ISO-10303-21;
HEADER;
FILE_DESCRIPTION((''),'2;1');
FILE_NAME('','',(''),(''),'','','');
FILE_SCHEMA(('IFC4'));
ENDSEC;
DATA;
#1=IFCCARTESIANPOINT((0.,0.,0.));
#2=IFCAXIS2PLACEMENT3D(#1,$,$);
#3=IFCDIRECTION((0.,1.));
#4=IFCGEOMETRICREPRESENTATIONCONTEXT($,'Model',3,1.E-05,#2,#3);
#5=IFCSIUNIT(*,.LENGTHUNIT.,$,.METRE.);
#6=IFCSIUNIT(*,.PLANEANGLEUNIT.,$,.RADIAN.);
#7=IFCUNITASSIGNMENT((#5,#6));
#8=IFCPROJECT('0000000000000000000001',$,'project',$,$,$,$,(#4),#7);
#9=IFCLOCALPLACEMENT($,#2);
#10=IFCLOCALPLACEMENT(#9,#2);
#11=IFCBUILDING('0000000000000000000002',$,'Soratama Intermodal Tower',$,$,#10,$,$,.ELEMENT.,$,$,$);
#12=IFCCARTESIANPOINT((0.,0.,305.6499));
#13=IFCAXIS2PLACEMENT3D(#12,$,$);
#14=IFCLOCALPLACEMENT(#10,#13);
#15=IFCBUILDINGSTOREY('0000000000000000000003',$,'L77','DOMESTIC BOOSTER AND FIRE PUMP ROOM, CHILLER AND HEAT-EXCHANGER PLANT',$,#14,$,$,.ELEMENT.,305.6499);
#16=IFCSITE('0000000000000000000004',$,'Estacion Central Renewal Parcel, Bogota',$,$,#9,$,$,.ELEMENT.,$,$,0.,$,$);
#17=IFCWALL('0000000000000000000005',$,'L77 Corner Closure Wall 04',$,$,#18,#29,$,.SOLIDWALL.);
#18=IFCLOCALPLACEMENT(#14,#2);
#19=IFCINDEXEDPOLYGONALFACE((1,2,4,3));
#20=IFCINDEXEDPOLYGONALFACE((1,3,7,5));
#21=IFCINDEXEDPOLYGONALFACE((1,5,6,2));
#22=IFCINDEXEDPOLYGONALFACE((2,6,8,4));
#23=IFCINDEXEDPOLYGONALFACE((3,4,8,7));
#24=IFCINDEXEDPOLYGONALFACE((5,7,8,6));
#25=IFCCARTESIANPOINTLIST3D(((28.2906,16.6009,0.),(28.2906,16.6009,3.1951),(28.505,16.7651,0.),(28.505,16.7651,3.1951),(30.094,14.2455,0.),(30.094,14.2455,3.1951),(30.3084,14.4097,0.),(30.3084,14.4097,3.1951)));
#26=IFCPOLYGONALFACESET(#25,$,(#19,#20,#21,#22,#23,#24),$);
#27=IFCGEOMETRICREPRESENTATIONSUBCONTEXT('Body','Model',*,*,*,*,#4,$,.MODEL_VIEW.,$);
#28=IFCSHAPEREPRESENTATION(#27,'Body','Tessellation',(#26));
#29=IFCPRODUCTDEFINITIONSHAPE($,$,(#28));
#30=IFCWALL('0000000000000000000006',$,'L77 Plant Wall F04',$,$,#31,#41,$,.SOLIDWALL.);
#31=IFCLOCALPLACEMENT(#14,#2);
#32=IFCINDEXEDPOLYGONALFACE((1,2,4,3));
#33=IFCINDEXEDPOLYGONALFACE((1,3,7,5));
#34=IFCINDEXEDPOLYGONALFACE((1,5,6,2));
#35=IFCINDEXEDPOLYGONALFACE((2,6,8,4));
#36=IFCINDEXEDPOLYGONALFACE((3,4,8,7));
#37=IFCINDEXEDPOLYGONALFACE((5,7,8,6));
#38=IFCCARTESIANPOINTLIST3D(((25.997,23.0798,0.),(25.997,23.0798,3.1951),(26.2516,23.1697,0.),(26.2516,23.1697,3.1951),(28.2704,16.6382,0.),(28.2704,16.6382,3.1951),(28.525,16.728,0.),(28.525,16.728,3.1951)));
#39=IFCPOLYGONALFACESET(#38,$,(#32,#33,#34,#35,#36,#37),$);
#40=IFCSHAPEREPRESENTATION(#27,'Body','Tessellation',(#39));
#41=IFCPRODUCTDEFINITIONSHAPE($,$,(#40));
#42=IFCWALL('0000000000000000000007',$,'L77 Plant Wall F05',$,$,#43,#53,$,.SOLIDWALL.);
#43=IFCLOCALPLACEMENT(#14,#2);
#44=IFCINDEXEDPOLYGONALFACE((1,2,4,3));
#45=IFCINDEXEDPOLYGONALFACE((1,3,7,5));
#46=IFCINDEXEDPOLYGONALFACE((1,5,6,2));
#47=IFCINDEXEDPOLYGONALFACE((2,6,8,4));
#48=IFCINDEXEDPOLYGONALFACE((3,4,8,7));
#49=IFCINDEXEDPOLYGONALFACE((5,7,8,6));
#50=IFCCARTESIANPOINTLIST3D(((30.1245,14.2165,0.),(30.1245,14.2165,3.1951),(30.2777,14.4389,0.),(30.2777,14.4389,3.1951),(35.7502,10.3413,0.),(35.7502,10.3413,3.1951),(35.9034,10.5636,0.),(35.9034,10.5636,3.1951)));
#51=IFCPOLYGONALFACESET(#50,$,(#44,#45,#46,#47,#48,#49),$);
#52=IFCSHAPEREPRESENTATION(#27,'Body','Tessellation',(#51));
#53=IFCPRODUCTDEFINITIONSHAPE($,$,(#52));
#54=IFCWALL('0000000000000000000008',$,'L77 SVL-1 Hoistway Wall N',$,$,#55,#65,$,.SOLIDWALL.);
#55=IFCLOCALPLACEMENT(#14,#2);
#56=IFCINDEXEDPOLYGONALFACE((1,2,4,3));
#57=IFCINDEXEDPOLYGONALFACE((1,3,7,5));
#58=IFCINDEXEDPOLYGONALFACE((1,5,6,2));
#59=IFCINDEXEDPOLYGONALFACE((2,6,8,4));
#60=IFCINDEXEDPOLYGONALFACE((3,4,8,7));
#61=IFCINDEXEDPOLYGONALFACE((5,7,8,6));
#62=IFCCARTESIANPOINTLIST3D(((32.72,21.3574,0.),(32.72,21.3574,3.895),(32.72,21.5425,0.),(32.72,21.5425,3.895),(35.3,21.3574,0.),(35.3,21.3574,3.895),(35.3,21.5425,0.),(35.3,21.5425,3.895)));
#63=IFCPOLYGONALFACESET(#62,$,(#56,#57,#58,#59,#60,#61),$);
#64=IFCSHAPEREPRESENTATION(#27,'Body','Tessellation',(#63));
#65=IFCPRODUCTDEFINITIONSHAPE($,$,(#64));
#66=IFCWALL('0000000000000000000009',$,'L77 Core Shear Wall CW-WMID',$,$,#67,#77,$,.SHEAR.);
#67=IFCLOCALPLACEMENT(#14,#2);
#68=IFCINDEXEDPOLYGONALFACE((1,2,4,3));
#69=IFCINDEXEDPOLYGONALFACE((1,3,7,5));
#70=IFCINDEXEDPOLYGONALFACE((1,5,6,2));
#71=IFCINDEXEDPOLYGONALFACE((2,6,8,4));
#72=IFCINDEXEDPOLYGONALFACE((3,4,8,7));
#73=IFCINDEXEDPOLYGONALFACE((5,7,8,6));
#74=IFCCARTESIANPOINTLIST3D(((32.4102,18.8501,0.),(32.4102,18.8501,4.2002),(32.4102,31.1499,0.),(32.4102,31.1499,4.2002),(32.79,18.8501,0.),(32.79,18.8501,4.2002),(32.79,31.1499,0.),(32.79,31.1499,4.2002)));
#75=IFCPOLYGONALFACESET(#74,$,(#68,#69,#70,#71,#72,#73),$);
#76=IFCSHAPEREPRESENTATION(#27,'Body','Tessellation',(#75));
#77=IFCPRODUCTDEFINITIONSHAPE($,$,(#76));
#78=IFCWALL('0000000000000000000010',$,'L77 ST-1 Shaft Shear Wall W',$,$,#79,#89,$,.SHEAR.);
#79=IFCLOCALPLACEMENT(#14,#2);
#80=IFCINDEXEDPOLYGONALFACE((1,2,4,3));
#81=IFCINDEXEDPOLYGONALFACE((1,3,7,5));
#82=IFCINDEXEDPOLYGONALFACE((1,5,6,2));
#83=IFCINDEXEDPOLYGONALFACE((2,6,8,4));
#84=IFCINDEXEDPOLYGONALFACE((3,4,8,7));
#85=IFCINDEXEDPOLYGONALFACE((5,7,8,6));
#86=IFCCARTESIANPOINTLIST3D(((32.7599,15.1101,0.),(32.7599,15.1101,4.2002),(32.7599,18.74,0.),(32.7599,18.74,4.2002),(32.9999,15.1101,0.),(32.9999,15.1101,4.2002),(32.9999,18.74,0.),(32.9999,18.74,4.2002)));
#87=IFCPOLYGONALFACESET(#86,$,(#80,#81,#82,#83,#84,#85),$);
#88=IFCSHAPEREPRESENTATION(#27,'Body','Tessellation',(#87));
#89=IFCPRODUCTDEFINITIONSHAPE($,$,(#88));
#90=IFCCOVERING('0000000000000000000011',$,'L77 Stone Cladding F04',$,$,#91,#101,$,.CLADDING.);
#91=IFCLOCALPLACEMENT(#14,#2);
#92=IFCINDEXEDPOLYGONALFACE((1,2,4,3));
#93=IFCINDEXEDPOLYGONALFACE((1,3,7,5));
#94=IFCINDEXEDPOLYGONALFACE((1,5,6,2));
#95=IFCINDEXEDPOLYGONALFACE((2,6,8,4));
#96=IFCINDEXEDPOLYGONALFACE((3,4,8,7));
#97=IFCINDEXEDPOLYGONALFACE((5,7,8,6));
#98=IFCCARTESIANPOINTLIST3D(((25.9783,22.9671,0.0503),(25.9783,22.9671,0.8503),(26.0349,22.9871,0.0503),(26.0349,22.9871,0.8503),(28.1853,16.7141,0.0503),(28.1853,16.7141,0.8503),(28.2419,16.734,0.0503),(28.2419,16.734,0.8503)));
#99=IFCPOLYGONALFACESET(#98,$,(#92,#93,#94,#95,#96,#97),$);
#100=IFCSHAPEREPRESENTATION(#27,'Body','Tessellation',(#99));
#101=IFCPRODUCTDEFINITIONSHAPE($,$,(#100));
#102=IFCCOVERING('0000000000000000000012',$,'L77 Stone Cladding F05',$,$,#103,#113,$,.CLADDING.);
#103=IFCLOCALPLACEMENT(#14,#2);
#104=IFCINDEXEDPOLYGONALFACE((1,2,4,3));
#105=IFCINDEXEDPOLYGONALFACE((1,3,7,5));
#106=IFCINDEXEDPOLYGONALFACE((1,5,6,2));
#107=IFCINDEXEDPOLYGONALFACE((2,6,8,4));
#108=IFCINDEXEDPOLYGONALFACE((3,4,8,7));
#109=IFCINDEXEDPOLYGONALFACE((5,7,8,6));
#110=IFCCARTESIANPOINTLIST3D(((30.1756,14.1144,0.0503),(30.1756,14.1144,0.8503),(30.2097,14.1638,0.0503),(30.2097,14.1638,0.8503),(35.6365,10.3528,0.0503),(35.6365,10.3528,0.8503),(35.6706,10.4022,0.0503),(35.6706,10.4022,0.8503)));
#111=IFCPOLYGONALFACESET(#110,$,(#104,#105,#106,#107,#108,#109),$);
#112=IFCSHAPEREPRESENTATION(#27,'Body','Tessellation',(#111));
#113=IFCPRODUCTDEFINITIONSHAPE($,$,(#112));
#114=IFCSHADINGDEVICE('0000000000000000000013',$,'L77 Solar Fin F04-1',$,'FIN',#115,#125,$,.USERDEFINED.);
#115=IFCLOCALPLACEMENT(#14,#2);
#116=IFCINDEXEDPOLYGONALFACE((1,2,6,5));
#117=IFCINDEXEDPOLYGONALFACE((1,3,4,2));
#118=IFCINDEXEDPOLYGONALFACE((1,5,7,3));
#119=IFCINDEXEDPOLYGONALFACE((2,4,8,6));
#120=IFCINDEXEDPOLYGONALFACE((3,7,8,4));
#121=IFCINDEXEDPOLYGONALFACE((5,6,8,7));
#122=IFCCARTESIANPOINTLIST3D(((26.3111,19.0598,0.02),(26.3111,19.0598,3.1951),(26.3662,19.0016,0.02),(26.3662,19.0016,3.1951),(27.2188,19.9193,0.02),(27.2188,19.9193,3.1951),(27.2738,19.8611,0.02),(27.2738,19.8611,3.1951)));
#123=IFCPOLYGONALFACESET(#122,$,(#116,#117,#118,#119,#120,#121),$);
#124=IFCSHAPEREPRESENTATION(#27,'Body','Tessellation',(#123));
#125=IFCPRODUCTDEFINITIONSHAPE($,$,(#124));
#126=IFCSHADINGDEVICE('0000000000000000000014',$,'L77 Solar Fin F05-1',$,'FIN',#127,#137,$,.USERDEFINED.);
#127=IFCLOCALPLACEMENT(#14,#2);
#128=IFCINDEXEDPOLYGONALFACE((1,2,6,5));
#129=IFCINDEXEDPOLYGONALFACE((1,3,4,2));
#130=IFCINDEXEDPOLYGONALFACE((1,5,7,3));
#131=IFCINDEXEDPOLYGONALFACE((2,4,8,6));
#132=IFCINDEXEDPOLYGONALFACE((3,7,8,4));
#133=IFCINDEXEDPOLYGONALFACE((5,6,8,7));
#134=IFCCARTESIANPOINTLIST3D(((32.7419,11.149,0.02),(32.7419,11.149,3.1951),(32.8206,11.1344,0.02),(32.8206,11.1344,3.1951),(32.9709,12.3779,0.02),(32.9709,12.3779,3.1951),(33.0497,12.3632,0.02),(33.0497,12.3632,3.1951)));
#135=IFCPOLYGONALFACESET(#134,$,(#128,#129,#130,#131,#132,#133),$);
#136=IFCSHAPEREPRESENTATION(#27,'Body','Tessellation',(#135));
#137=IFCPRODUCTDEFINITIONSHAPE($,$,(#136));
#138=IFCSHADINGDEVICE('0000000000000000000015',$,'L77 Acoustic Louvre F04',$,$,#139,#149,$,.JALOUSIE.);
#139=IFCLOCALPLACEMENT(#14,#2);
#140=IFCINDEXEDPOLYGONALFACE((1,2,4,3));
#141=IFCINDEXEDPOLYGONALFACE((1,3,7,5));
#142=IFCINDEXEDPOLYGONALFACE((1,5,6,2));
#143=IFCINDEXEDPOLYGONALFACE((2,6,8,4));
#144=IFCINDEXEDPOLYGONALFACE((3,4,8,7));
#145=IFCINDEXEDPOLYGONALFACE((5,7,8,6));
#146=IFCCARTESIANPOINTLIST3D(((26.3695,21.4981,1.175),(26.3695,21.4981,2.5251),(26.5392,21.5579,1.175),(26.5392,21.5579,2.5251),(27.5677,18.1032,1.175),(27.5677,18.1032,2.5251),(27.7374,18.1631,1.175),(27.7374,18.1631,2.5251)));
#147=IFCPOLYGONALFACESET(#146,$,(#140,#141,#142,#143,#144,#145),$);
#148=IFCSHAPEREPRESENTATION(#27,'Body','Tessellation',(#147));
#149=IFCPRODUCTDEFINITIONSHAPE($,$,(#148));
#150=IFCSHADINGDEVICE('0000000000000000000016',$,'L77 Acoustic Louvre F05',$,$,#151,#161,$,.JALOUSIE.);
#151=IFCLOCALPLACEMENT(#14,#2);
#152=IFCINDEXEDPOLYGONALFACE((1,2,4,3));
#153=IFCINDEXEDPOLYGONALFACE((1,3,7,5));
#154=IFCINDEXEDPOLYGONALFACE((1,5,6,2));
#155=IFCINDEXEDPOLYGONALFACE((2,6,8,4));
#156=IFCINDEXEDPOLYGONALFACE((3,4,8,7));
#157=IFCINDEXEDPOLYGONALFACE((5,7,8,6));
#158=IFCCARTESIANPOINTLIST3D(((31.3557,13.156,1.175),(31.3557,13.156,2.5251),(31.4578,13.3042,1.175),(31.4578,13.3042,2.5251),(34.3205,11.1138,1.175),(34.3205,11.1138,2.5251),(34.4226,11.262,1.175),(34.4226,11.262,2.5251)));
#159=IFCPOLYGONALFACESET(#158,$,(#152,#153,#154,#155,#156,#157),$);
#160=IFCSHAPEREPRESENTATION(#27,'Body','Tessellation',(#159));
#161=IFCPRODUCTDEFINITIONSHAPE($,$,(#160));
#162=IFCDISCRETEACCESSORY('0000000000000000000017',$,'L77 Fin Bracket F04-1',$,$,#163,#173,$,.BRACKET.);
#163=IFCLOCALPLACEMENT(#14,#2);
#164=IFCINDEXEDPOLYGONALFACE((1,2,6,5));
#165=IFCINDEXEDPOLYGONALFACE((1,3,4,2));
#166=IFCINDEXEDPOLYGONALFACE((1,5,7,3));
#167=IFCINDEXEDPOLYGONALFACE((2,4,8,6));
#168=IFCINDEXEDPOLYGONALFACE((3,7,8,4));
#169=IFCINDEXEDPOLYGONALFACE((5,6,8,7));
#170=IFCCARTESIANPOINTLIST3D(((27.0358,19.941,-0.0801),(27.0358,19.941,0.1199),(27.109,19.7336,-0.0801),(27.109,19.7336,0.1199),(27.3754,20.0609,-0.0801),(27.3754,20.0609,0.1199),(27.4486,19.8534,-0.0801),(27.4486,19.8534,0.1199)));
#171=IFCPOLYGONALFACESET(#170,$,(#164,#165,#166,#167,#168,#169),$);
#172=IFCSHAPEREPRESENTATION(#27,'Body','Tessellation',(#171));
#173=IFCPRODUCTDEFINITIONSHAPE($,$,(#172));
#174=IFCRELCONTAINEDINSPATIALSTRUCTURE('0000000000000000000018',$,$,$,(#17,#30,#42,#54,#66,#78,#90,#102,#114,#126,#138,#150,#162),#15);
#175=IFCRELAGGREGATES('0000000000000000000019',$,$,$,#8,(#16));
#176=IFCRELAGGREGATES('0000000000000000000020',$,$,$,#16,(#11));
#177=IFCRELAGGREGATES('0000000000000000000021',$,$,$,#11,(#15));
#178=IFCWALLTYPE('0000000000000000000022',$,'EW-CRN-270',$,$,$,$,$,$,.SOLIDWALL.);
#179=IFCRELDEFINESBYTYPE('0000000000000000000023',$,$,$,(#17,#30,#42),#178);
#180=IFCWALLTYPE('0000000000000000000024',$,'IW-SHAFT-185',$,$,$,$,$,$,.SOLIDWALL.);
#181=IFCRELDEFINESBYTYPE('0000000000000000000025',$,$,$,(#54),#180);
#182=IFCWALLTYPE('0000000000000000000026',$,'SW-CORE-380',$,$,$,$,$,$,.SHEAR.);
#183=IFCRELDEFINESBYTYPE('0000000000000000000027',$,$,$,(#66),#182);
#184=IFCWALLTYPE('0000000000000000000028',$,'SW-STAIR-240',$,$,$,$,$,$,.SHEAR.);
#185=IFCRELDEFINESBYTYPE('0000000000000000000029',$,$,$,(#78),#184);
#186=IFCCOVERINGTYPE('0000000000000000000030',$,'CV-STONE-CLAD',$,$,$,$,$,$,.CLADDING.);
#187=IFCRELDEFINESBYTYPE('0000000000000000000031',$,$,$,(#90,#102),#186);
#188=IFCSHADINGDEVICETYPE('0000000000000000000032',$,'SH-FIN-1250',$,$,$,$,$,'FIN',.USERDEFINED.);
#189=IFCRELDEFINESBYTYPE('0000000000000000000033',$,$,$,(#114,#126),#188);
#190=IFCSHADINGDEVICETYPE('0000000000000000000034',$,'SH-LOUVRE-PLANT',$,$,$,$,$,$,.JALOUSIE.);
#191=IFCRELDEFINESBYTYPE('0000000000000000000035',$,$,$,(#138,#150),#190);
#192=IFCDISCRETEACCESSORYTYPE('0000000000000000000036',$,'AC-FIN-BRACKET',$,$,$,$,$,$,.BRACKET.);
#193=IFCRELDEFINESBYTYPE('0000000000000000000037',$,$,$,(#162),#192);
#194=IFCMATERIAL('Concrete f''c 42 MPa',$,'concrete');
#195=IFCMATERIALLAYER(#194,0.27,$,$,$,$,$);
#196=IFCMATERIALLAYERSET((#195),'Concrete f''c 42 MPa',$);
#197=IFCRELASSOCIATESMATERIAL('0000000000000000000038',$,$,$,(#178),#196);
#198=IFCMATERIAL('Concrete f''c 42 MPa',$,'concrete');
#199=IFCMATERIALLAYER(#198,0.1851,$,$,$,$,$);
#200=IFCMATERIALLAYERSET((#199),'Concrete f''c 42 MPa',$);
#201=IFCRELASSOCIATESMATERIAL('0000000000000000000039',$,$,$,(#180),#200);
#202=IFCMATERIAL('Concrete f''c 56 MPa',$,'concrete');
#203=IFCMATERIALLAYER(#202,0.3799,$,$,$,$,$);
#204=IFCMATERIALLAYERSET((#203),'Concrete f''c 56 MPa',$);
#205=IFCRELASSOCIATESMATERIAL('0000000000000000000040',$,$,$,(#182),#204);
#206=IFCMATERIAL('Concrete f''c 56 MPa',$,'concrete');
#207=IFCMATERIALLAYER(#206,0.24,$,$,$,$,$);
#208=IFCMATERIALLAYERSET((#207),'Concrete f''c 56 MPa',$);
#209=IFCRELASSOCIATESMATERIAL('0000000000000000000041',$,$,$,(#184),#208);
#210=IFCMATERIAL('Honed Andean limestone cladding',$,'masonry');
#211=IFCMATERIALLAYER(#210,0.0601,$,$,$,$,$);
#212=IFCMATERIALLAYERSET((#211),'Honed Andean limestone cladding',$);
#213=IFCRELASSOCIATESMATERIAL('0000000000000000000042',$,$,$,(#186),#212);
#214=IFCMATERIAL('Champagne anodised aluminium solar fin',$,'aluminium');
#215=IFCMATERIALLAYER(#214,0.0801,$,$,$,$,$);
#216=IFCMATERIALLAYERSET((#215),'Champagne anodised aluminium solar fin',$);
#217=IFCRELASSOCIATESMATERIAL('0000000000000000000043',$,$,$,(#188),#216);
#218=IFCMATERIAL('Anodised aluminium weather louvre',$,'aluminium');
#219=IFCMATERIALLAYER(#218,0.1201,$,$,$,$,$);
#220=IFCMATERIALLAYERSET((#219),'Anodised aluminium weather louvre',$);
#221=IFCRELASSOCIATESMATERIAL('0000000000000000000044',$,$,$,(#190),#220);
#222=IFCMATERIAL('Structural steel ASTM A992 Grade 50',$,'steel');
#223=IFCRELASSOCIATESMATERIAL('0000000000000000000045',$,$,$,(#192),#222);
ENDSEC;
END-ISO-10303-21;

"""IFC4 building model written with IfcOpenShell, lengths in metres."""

from ifc_helpers import new_model, si_unit, direction, frame, frame_2d, origin, origin_2d, place, context, subcontext, project, spatial, rectangle, extrude, material, layer, layer_set, type_object, element, save


model = new_model("IFC4")

# Units and contexts
model_context = context("Model", 3, precision=1e-05, world=origin(), true_north=direction((0.0, 1.0)))
body_context = subcontext(model_context, "Body", "Model", "MODEL_VIEW")
ifc_project = project(units=[si_unit("LENGTHUNIT", "METRE"), si_unit("PLANEANGLEUNIT", "RADIAN")], contexts=[model_context])

# Site, building, storey
site_placement = place(None, origin())
site = spatial("IfcSite", under=ifc_project, at=site_placement, Name="Estacion Central Renewal Parcel, Bogota", CompositionType="ELEMENT", RefElevation=0.0)
building_placement = place(site_placement, origin())
building = spatial("IfcBuilding", under=site, at=building_placement, Name="Soratama Intermodal Tower", CompositionType="ELEMENT")
storey_placement = place(building_placement, frame((0.0, 0.0, 305.6499)))
storey = spatial("IfcBuildingStorey", under=building, at=storey_placement, Name="L77", Description="DOMESTIC BOOSTER AND FIRE PUMP ROOM, CHILLER AND HEAT-EXCHANGER PLANT", CompositionType="ELEMENT", Elevation=305.6499)

# Walls
ifc_material_1 = material(Name="Concrete f'c 42 MPa", Category="concrete")
ifc_layer_1 = layer(ifc_material_1, 0.27)
ifc_layer_set_1 = layer_set([ifc_layer_1], Name="Concrete f'c 42 MPa")
wall_type_1 = type_object("IfcWallType", Name="EW-CRN-270", PredefinedType="SOLIDWALL", material=ifc_layer_set_1)
wall_1_placement = place(storey_placement, frame((28.3977, 16.6831, 0.0), z_axis=(0.0, 0.0, 1.0), x_axis=(0.607923, -0.793996, 0.0)))
element("IfcWall", 1, at=wall_1_placement, inside=storey, type_object=wall_type_1, Name="L77 Corner Closure Wall 04", PredefinedType="SOLIDWALL", context=body_context, shape_type="SweptSolid", body=[
    extrude(rectangle(XDim=2.9666, YDim=0.27, at=frame_2d((1.4834, 0.0))), origin(), (0.0, 0.0, 1.0), 3.1951),
])
wall_2_placement = place(storey_placement, frame((26.1243, 23.1248, 0.0), z_axis=(0.0, 0.0, 1.0), x_axis=(0.332809, -0.942994, 0.0)))
element("IfcWall", 2, at=wall_2_placement, inside=storey, type_object=wall_type_1, Name="L77 Plant Wall F04", PredefinedType="SOLIDWALL", context=body_context, shape_type="SweptSolid", body=[
    extrude(rectangle(XDim=6.8311, YDim=0.27, at=frame_2d((3.4155, 0.0))), origin(), (0.0, 0.0, 1.0), 3.1951),
])
wall_3_placement = place(storey_placement, frame((30.2012, 14.3276, 0.0), z_axis=(0.0, 0.0, 1.0), x_axis=(0.823525, -0.567279, 0.0)))
element("IfcWall", 3, at=wall_3_placement, inside=storey, type_object=wall_type_1, Name="L77 Plant Wall F05", PredefinedType="SOLIDWALL", context=body_context, shape_type="SweptSolid", body=[
    extrude(rectangle(XDim=6.8313, YDim=0.27, at=frame_2d((3.4155, 0.0))), origin(), (0.0, 0.0, 1.0), 3.1951),
])
ifc_material_2 = material(Name="Concrete f'c 42 MPa", Category="concrete")
ifc_layer_2 = layer(ifc_material_2, 0.1851)
ifc_layer_set_2 = layer_set([ifc_layer_2], Name="Concrete f'c 42 MPa")
wall_type_2 = type_object("IfcWallType", Name="IW-SHAFT-185", PredefinedType="SOLIDWALL", material=ifc_layer_set_2)
wall_4_placement = place(storey_placement, frame((32.72, 21.45, 0.0), z_axis=(0.0, 0.0, 1.0), x_axis=(1.0, 0.0, 0.0)))
element("IfcWall", 4, at=wall_4_placement, inside=storey, type_object=wall_type_2, Name="L77 SVL-1 Hoistway Wall N", PredefinedType="SOLIDWALL", context=body_context, shape_type="SweptSolid", body=[
    extrude(rectangle(XDim=2.5801, YDim=0.1851, at=frame_2d((1.29, 0.0))), origin(), (0.0, 0.0, 1.0), 3.895),
])
ifc_material_3 = material(Name="Concrete f'c 56 MPa", Category="concrete")
ifc_layer_3 = layer(ifc_material_3, 0.3799)
ifc_layer_set_3 = layer_set([ifc_layer_3], Name="Concrete f'c 56 MPa")
wall_type_3 = type_object("IfcWallType", Name="SW-CORE-380", PredefinedType="SHEAR", material=ifc_layer_set_3)
wall_5_placement = place(storey_placement, frame((32.6001, 18.8501, 0.0), z_axis=(0.0, 0.0, 1.0), x_axis=(0.0, 1.0, 0.0)))
element("IfcWall", 5, at=wall_5_placement, inside=storey, type_object=wall_type_3, Name="L77 Core Shear Wall CW-WMID", PredefinedType="SHEAR", context=body_context, shape_type="SweptSolid", body=[
    extrude(rectangle(XDim=12.2998, YDim=0.3799, at=frame_2d((6.1499, 0.0))), origin(), (0.0, 0.0, 1.0), 4.2002),
])
ifc_material_4 = material(Name="Concrete f'c 56 MPa", Category="concrete")
ifc_layer_4 = layer(ifc_material_4, 0.24)
ifc_layer_set_4 = layer_set([ifc_layer_4], Name="Concrete f'c 56 MPa")
wall_type_4 = type_object("IfcWallType", Name="SW-STAIR-240", PredefinedType="SHEAR", material=ifc_layer_set_4)
wall_6_placement = place(storey_placement, frame((32.8799, 15.1101, 0.0), z_axis=(0.0, 0.0, 1.0), x_axis=(0.0, 1.0, 0.0)))
element("IfcWall", 6, at=wall_6_placement, inside=storey, type_object=wall_type_4, Name="L77 ST-1 Shaft Shear Wall W", PredefinedType="SHEAR", context=body_context, shape_type="SweptSolid", body=[
    extrude(rectangle(XDim=3.6299, YDim=0.24, at=frame_2d((1.8149, 0.0))), origin(), (0.0, 0.0, 1.0), 4.2002),
])

# Coverings
ifc_material_5 = material(Name="Honed Andean limestone cladding", Category="masonry")
ifc_layer_5 = layer(ifc_material_5, 0.0601)
ifc_layer_set_5 = layer_set([ifc_layer_5], Name="Honed Andean limestone cladding")
covering_type = type_object("IfcCoveringType", Name="CV-STONE-CLAD", PredefinedType="CLADDING", material=ifc_layer_set_5)
for number, where, z_axis, x_axis, name in (
    (7, (27.1101, 19.8506, 0.0503), (0.0, 0.0, 1.0), (0.33282, -0.942991, 0.0), "L77 Stone Cladding F04"),
    (8, (32.9231, 12.2583, 0.0503), (0.0, 0.0, 1.0), (0.823533, -0.567269, 0.0), "L77 Stone Cladding F05"),
):
    element("IfcCovering", number, at=place(storey_placement, frame(where, z_axis=z_axis, x_axis=x_axis)), inside=storey, type_object=covering_type, Name=name, PredefinedType="CLADDING", context=body_context, shape_type="SweptSolid", body=[
        extrude(rectangle(XDim=6.6311, YDim=0.0601, at=origin_2d()), origin(), (0.0, 0.0, 1.0), 0.8),
    ])

# Shading devices
ifc_material_6 = material(Name="Champagne anodised aluminium solar fin", Category="aluminium")
ifc_layer_6 = layer(ifc_material_6, 0.0801)
ifc_layer_set_6 = layer_set([ifc_layer_6], Name="Champagne anodised aluminium solar fin")
shading_device_type_1 = type_object("IfcShadingDeviceType", Name="SH-FIN-1250", ElementType="FIN", PredefinedType="USERDEFINED", material=ifc_layer_set_6)
for number, where, z_axis, x_axis, name in (
    (9, (26.7925, 19.4604, 0.02), (0.0, 0.0, 1.0), (-0.726095, -0.687595, 0.0), "L77 Solar Fin F04-1"),
    (10, (32.8958, 11.7561, 0.02), (0.0, 0.0, 1.0), (-0.183265, -0.983064, 0.0), "L77 Solar Fin F05-1"),
):
    element("IfcShadingDevice", number, at=place(storey_placement, frame(where, z_axis=z_axis, x_axis=x_axis)), inside=storey, type_object=shading_device_type_1, Name=name, ObjectType="FIN", PredefinedType="USERDEFINED", context=body_context, shape_type="SweptSolid", body=[
        extrude(rectangle(XDim=1.25, YDim=0.0801, at=origin_2d()), origin(), (0.0, 0.0, 1.0), 3.175),
    ])
ifc_material_7 = material(Name="Anodised aluminium weather louvre", Category="aluminium")
ifc_layer_7 = layer(ifc_material_7, 0.1201)
ifc_layer_set_7 = layer_set([ifc_layer_7], Name="Anodised aluminium weather louvre")
shading_device_type_2 = type_object("IfcShadingDeviceType", Name="SH-LOUVRE-PLANT", PredefinedType="JALOUSIE", material=ifc_layer_set_7)
for number, where, z_axis, x_axis, name in (
    (11, (27.0535, 19.8306, 1.175), (0.0, 0.0, 1.0), (0.33282, -0.942991, 0.0), "L77 Acoustic Louvre F04"),
    (12, (32.8892, 12.209, 1.175), (0.0, 0.0, 1.0), (0.823533, -0.567269, 0.0), "L77 Acoustic Louvre F05"),
):
    element("IfcShadingDevice", number, at=place(storey_placement, frame(where, z_axis=z_axis, x_axis=x_axis)), inside=storey, type_object=shading_device_type_2, Name=name, PredefinedType="JALOUSIE", context=body_context, shape_type="SweptSolid", body=[
        extrude(rectangle(XDim=3.6001, YDim=0.1799, at=origin_2d()), origin(), (0.0, 0.0, 1.0), 1.3501),
    ])

# Discrete accessory
ifc_material_8 = material(Name="Structural steel ASTM A992 Grade 50", Category="steel")
discrete_accessory_type = type_object("IfcDiscreteAccessoryType", Name="AC-FIN-BRACKET", PredefinedType="BRACKET", material=ifc_material_8)
discrete_accessory_placement = place(storey_placement, frame((27.2422, 19.8972, -0.0801), z_axis=(0.0, 0.0, 1.0), x_axis=(-0.942991, -0.33282, 0.0)))
element("IfcDiscreteAccessory", 13, at=discrete_accessory_placement, inside=storey, type_object=discrete_accessory_type, Name="L77 Fin Bracket F04-1", PredefinedType="BRACKET", context=body_context, shape_type="SweptSolid", body=[
    extrude(rectangle(XDim=0.3601, YDim=0.22, at=origin_2d()), origin(), (0.0, 0.0, 1.0), 0.2),
])

save(model, "model.ifc")
